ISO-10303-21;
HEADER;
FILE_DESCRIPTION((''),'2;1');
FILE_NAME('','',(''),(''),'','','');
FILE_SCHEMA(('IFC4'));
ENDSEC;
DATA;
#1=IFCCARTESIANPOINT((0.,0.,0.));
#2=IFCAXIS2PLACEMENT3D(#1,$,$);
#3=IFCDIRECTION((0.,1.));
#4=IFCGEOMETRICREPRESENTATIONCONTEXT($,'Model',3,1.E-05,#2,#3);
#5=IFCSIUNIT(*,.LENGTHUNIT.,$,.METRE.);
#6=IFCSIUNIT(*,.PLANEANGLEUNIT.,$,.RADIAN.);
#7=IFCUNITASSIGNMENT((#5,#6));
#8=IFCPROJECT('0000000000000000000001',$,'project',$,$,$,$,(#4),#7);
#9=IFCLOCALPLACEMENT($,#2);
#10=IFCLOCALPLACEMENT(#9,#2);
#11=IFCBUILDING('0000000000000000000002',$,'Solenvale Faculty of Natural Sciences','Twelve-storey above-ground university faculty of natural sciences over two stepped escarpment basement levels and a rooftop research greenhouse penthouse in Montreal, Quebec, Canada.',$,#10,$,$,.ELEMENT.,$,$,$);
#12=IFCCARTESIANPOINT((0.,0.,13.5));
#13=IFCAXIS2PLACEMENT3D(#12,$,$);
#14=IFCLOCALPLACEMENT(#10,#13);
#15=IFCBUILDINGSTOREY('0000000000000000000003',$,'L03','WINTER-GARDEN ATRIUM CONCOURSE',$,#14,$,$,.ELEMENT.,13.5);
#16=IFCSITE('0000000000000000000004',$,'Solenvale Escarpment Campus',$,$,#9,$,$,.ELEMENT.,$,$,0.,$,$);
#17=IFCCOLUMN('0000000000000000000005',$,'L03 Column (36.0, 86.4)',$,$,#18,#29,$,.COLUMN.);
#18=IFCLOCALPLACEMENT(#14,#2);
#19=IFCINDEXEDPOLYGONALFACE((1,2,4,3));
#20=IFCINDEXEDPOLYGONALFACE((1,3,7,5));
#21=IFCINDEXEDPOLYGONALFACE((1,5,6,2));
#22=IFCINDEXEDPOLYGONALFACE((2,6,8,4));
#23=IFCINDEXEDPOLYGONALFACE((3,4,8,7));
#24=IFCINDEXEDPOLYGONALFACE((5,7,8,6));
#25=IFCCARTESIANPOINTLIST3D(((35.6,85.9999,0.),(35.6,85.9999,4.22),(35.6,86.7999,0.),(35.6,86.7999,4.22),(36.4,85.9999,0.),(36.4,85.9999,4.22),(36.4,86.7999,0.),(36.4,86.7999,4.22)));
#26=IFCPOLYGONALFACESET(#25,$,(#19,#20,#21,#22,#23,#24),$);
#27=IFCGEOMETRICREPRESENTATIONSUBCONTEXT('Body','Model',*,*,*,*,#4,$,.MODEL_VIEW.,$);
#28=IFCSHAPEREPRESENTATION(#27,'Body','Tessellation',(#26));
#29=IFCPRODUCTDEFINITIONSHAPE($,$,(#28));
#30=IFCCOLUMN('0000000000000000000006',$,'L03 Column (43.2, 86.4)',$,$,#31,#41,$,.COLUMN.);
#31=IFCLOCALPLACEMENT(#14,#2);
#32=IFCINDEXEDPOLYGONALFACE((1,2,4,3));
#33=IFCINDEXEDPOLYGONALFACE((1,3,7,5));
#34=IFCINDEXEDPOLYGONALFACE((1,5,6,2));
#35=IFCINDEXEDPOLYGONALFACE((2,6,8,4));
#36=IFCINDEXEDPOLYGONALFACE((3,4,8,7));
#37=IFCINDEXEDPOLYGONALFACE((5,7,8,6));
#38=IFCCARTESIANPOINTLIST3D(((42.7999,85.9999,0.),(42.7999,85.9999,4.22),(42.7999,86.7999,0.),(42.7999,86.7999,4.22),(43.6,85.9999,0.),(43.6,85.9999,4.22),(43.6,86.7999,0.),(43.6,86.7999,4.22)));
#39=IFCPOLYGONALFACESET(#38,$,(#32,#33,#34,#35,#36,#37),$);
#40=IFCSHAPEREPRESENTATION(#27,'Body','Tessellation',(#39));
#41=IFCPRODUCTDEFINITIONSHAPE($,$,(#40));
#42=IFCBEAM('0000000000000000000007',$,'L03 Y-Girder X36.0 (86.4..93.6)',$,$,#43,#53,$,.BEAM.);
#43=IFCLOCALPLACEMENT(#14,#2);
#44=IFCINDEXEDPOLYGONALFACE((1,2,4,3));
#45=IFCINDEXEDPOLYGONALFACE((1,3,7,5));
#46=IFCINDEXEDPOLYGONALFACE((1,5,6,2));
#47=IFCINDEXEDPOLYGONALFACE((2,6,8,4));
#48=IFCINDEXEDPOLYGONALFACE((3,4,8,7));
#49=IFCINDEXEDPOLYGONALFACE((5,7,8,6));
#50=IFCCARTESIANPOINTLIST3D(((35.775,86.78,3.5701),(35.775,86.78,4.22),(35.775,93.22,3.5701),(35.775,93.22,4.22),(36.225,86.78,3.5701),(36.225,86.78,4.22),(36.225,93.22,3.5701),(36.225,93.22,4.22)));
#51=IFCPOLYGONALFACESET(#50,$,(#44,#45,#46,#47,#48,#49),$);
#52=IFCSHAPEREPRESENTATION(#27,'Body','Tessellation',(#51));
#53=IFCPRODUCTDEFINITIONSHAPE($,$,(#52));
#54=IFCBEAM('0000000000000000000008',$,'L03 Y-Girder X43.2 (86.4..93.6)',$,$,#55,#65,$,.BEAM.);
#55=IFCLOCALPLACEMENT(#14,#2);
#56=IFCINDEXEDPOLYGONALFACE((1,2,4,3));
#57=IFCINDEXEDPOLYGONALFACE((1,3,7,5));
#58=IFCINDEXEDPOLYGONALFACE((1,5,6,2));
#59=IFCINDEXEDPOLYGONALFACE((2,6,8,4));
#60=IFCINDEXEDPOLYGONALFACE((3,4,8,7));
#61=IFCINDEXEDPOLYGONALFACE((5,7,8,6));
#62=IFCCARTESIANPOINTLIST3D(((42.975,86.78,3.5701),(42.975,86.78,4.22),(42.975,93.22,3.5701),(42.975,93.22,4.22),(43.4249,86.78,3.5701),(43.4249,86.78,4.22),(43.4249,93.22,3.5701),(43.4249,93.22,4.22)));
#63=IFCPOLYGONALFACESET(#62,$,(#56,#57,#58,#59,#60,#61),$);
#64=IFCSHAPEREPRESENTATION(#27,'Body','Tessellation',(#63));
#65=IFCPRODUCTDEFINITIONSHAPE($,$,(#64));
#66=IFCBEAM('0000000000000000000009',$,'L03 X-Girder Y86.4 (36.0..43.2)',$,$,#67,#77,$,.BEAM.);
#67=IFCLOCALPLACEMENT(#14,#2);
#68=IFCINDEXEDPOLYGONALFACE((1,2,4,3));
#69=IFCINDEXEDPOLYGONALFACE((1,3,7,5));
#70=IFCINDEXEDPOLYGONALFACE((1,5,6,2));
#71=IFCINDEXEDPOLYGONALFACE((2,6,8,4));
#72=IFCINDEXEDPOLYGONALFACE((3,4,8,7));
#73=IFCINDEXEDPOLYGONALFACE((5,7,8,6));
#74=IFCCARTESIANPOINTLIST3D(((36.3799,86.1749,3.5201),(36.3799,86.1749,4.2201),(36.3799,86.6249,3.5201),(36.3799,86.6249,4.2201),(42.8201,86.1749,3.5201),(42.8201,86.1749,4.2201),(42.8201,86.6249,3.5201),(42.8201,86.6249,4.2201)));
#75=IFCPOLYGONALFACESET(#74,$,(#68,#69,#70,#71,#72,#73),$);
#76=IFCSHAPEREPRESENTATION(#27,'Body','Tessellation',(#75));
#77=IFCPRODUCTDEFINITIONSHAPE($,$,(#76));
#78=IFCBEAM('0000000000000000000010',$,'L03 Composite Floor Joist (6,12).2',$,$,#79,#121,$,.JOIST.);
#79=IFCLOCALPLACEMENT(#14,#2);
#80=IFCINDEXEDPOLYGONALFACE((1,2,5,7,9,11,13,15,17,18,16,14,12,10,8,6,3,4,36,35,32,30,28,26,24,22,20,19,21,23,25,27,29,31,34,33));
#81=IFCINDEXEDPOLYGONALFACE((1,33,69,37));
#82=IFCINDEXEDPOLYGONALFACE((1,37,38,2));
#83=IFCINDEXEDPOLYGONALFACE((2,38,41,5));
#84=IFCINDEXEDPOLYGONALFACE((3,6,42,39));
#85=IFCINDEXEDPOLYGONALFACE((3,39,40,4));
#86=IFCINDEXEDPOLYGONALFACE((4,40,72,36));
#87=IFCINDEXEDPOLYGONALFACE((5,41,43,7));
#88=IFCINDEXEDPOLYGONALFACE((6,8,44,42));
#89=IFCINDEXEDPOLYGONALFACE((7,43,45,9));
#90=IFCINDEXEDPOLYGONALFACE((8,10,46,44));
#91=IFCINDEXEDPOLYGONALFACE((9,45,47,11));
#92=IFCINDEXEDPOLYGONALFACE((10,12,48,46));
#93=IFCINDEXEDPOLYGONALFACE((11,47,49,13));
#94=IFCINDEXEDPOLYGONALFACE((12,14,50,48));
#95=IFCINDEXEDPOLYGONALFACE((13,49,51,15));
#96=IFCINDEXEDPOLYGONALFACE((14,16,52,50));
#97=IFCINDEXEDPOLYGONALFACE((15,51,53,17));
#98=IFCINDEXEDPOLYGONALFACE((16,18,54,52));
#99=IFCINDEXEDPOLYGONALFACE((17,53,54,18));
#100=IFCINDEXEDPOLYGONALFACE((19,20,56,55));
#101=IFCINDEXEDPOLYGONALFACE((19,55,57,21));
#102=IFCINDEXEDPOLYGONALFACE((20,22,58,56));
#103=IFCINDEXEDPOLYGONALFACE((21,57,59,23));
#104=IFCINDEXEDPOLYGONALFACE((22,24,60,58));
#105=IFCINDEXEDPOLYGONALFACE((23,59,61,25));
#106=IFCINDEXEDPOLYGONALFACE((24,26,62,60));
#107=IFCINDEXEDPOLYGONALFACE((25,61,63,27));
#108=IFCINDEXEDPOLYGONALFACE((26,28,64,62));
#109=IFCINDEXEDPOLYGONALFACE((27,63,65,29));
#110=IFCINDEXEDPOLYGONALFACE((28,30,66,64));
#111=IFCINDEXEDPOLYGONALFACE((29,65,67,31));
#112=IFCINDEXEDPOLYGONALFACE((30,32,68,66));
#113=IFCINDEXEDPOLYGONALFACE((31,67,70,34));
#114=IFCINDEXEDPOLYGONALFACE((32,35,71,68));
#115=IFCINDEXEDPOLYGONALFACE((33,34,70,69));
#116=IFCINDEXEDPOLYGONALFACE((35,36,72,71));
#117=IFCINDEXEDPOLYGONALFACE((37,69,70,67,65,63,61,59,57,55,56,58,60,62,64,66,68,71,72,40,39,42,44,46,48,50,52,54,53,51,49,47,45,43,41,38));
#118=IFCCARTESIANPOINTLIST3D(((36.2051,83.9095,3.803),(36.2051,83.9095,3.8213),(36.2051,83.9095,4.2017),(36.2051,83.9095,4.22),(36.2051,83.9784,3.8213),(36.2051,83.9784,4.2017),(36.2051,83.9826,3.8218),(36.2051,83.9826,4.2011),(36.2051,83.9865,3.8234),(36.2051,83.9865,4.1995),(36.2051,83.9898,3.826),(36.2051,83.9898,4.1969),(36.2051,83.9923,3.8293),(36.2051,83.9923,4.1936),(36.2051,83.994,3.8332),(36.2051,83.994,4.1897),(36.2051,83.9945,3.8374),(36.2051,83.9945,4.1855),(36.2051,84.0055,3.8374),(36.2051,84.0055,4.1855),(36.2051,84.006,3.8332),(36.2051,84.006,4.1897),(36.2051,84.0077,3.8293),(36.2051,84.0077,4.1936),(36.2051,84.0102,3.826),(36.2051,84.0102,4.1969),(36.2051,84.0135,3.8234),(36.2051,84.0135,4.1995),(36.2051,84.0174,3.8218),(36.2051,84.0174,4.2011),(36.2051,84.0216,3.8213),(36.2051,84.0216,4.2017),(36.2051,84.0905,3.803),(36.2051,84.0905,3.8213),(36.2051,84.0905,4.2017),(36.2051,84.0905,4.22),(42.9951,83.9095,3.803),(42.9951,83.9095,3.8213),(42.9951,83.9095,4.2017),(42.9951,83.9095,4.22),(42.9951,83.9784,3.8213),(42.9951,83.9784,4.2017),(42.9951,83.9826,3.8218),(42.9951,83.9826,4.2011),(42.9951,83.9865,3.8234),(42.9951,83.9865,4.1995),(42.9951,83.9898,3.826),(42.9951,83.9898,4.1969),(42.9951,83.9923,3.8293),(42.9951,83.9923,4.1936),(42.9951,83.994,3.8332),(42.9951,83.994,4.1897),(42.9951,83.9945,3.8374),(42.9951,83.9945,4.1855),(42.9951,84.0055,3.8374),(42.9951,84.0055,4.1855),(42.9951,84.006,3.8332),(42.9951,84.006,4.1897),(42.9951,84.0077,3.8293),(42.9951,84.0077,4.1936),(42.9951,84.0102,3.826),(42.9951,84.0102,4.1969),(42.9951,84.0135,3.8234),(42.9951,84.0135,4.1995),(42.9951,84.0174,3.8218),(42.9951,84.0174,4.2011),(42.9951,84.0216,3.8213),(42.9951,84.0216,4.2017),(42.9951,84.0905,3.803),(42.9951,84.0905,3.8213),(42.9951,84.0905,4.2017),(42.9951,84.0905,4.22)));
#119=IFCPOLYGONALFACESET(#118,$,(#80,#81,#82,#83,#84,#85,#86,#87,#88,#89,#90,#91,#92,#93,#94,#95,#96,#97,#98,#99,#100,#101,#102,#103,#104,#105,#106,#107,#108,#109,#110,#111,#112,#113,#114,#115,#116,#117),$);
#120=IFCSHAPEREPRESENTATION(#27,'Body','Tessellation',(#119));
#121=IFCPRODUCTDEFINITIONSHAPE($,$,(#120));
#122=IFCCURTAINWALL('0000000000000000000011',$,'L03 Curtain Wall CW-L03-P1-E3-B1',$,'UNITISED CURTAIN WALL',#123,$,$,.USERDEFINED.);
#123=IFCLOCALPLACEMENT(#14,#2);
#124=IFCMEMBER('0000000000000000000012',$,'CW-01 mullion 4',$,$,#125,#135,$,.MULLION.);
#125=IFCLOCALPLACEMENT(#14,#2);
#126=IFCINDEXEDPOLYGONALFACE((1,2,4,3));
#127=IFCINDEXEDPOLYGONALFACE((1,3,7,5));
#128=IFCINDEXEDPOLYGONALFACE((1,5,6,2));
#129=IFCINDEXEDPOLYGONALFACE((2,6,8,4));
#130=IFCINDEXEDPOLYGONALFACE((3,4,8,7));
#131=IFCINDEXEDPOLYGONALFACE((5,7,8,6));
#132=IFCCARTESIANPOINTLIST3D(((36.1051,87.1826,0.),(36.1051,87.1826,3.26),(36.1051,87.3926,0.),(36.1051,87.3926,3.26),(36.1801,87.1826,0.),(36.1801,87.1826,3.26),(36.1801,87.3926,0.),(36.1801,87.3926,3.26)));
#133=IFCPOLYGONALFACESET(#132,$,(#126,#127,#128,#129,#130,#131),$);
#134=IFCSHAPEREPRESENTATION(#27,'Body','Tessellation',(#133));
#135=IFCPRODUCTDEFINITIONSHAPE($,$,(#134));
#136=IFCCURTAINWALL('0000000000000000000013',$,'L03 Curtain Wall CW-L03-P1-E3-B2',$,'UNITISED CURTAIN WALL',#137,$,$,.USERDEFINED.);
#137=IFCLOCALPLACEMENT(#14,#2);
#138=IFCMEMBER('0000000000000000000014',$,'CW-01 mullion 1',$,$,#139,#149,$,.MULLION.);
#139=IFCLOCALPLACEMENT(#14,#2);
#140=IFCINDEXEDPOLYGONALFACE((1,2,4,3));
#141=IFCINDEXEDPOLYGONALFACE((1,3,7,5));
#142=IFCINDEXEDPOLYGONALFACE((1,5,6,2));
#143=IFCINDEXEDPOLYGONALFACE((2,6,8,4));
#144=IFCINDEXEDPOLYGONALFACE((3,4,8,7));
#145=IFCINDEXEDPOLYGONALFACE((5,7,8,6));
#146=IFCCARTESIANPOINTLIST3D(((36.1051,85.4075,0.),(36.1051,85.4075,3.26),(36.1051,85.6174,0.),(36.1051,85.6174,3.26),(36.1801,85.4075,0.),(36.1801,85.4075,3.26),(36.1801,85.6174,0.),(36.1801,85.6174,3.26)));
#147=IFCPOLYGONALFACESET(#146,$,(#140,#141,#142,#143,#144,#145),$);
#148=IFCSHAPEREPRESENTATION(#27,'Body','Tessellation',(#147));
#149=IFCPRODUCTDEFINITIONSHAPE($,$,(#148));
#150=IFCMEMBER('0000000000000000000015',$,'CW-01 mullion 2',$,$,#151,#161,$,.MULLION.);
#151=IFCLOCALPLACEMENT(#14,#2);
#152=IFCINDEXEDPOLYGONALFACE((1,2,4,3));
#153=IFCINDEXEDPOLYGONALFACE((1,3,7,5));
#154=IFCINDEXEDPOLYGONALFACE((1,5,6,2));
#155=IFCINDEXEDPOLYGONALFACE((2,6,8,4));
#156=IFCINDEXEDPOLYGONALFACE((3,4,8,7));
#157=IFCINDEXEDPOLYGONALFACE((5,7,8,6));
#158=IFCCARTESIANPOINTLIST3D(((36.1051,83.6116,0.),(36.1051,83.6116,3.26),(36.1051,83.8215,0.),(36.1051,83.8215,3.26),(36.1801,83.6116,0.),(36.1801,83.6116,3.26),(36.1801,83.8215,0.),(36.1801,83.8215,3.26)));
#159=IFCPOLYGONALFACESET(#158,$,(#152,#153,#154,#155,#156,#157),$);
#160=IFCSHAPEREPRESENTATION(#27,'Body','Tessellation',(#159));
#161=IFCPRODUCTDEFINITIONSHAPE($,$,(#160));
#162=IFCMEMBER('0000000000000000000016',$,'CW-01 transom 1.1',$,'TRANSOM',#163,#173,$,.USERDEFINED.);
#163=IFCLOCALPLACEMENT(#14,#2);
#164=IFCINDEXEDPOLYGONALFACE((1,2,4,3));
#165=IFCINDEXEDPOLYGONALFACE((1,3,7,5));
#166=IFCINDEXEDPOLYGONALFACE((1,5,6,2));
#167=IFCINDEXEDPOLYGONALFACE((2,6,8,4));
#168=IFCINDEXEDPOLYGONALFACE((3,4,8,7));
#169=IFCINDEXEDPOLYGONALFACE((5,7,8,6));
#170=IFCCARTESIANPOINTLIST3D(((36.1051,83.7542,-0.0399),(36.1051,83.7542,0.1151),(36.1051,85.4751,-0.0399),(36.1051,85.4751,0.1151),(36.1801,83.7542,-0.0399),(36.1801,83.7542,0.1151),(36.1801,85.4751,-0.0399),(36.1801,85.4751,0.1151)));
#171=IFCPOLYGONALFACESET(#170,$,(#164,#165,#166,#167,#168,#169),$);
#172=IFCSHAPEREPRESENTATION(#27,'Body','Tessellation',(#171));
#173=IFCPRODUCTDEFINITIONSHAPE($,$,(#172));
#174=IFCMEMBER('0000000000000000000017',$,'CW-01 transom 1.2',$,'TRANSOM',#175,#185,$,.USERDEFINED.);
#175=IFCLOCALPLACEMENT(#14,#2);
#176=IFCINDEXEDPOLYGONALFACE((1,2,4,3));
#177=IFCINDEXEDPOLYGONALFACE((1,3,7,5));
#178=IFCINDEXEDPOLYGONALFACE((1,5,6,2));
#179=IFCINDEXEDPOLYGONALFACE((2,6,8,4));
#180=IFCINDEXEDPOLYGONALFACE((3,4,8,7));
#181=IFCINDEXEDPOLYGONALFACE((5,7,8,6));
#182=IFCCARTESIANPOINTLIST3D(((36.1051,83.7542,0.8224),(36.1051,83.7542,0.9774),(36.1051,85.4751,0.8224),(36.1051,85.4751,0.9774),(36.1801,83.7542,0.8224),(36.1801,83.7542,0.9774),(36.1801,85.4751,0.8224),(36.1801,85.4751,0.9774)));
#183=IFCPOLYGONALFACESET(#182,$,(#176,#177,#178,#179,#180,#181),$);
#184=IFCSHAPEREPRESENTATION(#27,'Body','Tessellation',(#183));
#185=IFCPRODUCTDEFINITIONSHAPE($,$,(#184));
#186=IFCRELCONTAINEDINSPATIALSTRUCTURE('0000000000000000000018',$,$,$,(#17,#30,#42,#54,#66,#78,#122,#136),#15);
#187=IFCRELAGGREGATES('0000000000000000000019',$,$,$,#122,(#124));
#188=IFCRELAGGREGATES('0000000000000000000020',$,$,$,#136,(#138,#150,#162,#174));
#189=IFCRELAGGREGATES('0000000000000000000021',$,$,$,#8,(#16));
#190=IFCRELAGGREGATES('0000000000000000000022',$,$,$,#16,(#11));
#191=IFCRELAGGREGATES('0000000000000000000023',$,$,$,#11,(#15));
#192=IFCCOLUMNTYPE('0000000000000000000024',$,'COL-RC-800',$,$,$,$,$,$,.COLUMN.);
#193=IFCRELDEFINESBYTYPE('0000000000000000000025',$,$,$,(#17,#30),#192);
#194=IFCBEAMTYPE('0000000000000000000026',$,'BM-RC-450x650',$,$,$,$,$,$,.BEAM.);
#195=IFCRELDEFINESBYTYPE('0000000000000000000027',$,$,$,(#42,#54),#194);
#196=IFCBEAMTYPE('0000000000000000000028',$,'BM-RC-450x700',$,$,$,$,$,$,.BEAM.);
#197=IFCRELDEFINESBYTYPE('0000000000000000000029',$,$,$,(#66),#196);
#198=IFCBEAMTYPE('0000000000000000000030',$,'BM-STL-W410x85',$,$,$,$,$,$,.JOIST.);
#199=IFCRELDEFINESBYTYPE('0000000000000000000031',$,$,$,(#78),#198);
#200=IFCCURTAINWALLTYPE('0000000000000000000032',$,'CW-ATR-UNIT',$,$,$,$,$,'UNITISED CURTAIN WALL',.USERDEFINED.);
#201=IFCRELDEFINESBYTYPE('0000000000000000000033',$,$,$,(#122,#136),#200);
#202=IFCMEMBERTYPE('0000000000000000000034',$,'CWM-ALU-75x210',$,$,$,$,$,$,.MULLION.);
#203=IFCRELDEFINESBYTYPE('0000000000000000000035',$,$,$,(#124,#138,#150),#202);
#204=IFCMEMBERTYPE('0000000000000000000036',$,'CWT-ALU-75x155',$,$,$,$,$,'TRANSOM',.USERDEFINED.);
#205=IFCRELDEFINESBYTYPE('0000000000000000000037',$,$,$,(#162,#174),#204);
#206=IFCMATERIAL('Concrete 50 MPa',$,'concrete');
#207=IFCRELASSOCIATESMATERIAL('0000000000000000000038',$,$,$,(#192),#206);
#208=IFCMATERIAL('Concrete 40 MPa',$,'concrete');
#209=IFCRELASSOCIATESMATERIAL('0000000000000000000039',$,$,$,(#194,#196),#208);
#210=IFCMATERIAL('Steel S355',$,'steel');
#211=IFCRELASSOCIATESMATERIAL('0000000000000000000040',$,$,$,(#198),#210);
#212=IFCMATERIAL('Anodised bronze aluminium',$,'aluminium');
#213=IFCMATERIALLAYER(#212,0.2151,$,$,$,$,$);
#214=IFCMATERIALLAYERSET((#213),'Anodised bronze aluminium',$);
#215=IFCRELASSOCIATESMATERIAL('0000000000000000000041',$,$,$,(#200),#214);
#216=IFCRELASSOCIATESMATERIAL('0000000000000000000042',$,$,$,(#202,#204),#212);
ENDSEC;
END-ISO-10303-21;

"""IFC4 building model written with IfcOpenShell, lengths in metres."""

from ifc_helpers import new_model, si_unit, direction, frame, origin, origin_2d, place, context, subcontext, project, spatial, rectangle, i_section, extrude, material, layer, layer_set, material_profile, profile_set, type_object, element, aggregate, save


model = new_model("IFC4")

# Units and contexts
model_context = context("Model", 3, precision=1e-05, world=origin(), true_north=direction((0.0, 1.0)))
body_context = subcontext(model_context, "Body", "Model", "MODEL_VIEW")
ifc_project = project(units=[si_unit("LENGTHUNIT", "METRE"), si_unit("PLANEANGLEUNIT", "RADIAN")], contexts=[model_context])

# Site, building, storey
site_placement = place(None, origin())
site = spatial("IfcSite", under=ifc_project, at=site_placement, Name="Solenvale Escarpment Campus", CompositionType="ELEMENT", RefElevation=0.0)
building_placement = place(site_placement, origin())
building = spatial("IfcBuilding", under=site, at=building_placement, Name="Solenvale Faculty of Natural Sciences", Description="Twelve-storey above-ground university faculty of natural sciences over two stepped escarpment basement levels and a rooftop research greenhouse penthouse in Montreal, Quebec, Canada.", CompositionType="ELEMENT")
storey_placement = place(building_placement, frame((0.0, 0.0, 13.5)))
storey = spatial("IfcBuildingStorey", under=building, at=storey_placement, Name="L03", Description="WINTER-GARDEN ATRIUM CONCOURSE", CompositionType="ELEMENT", Elevation=13.5)

# Columns
ifc_material_1 = material(Name="Concrete 50 MPa", Category="concrete")
ifc_material_profile_1 = material_profile(ifc_material_1, rectangle(XDim=0.8, YDim=0.8, at=origin_2d()), Name="RC-COL-800x800")
ifc_profile_set_1 = profile_set([ifc_material_profile_1], Name="Concrete 50 MPa")
column_type = type_object("IfcColumnType", Name="COL-RC-800", PredefinedType="COLUMN", material=ifc_profile_set_1)
for number, where, z_axis, x_axis, name in (
    (1, (36.0, 86.3999, 0.0), (0.0, 0.0, 1.0), (1.0, 0.0, 0.0), "L03 Column (36.0, 86.4)"),
    (2, (43.2, 86.3999, 0.0), (0.0, 0.0, 1.0), (1.0, 0.0, 0.0), "L03 Column (43.2, 86.4)"),
):
    element("IfcColumn", number, at=place(storey_placement, frame(where, z_axis=z_axis, x_axis=x_axis)), inside=storey, type_object=column_type, Name=name, PredefinedType="COLUMN", context=body_context, shape_type="SweptSolid", body=[
        extrude(rectangle(XDim=0.8, YDim=0.8, at=origin_2d()), origin(), (0.0, 0.0, 1.0), 4.22),
    ])

# Beams
ifc_material_2 = material(Name="Concrete 40 MPa", Category="concrete")
ifc_material_profile_2 = material_profile(ifc_material_2, rectangle(XDim=0.45, YDim=0.6499, at=origin_2d()), Name="RC-BM-450x650")
ifc_profile_set_2 = profile_set([ifc_material_profile_2], Name="Concrete 40 MPa")
beam_type_1 = type_object("IfcBeamType", Name="BM-RC-450x650", PredefinedType="BEAM", material=ifc_profile_set_2)
for number, where, z_axis, x_axis, name in (
    (3, (36.0, 86.78, 3.895), (0.0, 1.0, 0.0), (-1.0, 0.0, 0.0), "L03 Y-Girder X36.0 (86.4..93.6)"),
    (4, (43.2, 86.78, 3.895), (0.0, 1.0, 0.0), (-1.0, 0.0, 0.0), "L03 Y-Girder X43.2 (86.4..93.6)"),
):
    element("IfcBeam", number, at=place(storey_placement, frame(where, z_axis=z_axis, x_axis=x_axis)), inside=storey, type_object=beam_type_1, Name=name, PredefinedType="BEAM", context=body_context, shape_type="SweptSolid", body=[
        extrude(rectangle(XDim=0.45, YDim=0.6499, at=origin_2d()), origin(), (0.0, 0.0, 1.0), 6.4399),
    ])
ifc_material_profile_3 = material_profile(ifc_material_2, rectangle(XDim=0.45, YDim=0.7, at=origin_2d()), Name="RC-BM-450x700")
ifc_profile_set_3 = profile_set([ifc_material_profile_3], Name="Concrete 40 MPa")
beam_type_2 = type_object("IfcBeamType", Name="BM-RC-450x700", PredefinedType="BEAM", material=ifc_profile_set_3)
beam_1_placement = place(storey_placement, frame((36.3799, 86.3999, 3.8701), z_axis=(1.0, 0.0, 0.0), x_axis=(0.0, 1.0, 0.0)))
element("IfcBeam", 5, at=beam_1_placement, inside=storey, type_object=beam_type_2, Name="L03 X-Girder Y86.4 (36.0..43.2)", PredefinedType="BEAM", context=body_context, shape_type="SweptSolid", body=[
    extrude(rectangle(XDim=0.45, YDim=0.7, at=origin_2d()), origin(), (0.0, 0.0, 1.0), 6.4402),
])
ifc_material_3 = material(Name="Steel S355", Category="steel")
ifc_material_profile_4 = material_profile(ifc_material_3, i_section(OverallWidth=0.1809, OverallDepth=0.417, WebThickness=0.011, FlangeThickness=0.0183, FilletRadius=0.0161, at=origin_2d()), Name="W410x85")
ifc_profile_set_4 = profile_set([ifc_material_profile_4], Name="Steel S355")
beam_type_3 = type_object("IfcBeamType", Name="BM-STL-W410x85", PredefinedType="JOIST", material=ifc_profile_set_4)
beam_2_placement = place(storey_placement, frame((36.2051, 84.0, 4.0115), z_axis=(1.0, 0.0, 0.0), x_axis=(0.0, 1.0, 0.0)))
element("IfcBeam", 6, at=beam_2_placement, inside=storey, type_object=beam_type_3, Name="L03 Composite Floor Joist (6,12).2", PredefinedType="JOIST", context=body_context, shape_type="SweptSolid", body=[
    extrude(i_section(OverallWidth=0.1809, OverallDepth=0.417, WebThickness=0.011, FlangeThickness=0.0183, FilletRadius=0.0161, at=origin_2d()), origin(), (0.0, 0.0, 1.0), 6.79),
])

# Curtain wall, member
ifc_material_4 = material(Name="Anodised bronze aluminium", Category="aluminium")
ifc_layer_1 = layer(ifc_material_4, 0.2151)
ifc_layer_set_1 = layer_set([ifc_layer_1], Name="Anodised bronze aluminium")
curtain_wall_type = type_object("IfcCurtainWallType", Name="CW-ATR-UNIT", ElementType="UNITISED CURTAIN WALL", PredefinedType="USERDEFINED", material=ifc_layer_set_1)
curtain_wall_1_placement = place(storey_placement, origin())
curtain_wall_1 = element("IfcCurtainWall", 7, at=curtain_wall_1_placement, inside=storey, type_object=curtain_wall_type, Name="L03 Curtain Wall CW-L03-P1-E3-B1", ObjectType="UNITISED CURTAIN WALL", PredefinedType="USERDEFINED")
ifc_material_profile_5 = material_profile(ifc_material_4, rectangle(XDim=0.075, YDim=0.21, at=origin_2d()), Name="ALU-MUL-75x210")
ifc_profile_set_5 = profile_set([ifc_material_profile_5], Name="Anodised bronze aluminium")
member_type_1 = type_object("IfcMemberType", Name="CWM-ALU-75x210", PredefinedType="MULLION", material=ifc_profile_set_5)
member_1_placement = place(storey_placement, frame((36.1426, 87.2876, 0.0), z_axis=(0.0, 0.0, 1.0), x_axis=(1.0, 0.0, 0.0)))
member_1 = element("IfcMember", 8, at=member_1_placement, type_object=member_type_1, Name="CW-01 mullion 4", PredefinedType="MULLION", context=body_context, shape_type="SweptSolid", body=[
    extrude(rectangle(XDim=0.075, YDim=0.21, at=origin_2d()), origin(), (0.0, 0.0, 1.0), 3.26),
])

# Curtain wall, members
curtain_wall_2_placement = place(storey_placement, origin())
curtain_wall_2 = element("IfcCurtainWall", 9, at=curtain_wall_2_placement, inside=storey, type_object=curtain_wall_type, Name="L03 Curtain Wall CW-L03-P1-E3-B2", ObjectType="UNITISED CURTAIN WALL", PredefinedType="USERDEFINED")
member_2_placement = place(storey_placement, frame((36.1426, 85.5125, 0.0), z_axis=(0.0, 0.0, 1.0), x_axis=(1.0, 0.0, 0.0)))
member_2 = element("IfcMember", 10, at=member_2_placement, type_object=member_type_1, Name="CW-01 mullion 1", PredefinedType="MULLION", context=body_context, shape_type="SweptSolid", body=[
    extrude(rectangle(XDim=0.075, YDim=0.21, at=origin_2d()), origin(), (0.0, 0.0, 1.0), 3.26),
])
member_3_placement = place(storey_placement, frame((36.1426, 83.7166, 0.0), z_axis=(0.0, 0.0, 1.0), x_axis=(1.0, 0.0, 0.0)))
member_3 = element("IfcMember", 11, at=member_3_placement, type_object=member_type_1, Name="CW-01 mullion 2", PredefinedType="MULLION", context=body_context, shape_type="SweptSolid", body=[
    extrude(rectangle(XDim=0.075, YDim=0.21, at=origin_2d()), origin(), (0.0, 0.0, 1.0), 3.26),
])
ifc_material_profile_6 = material_profile(ifc_material_4, rectangle(XDim=0.075, YDim=0.155, at=origin_2d()), Name="ALU-TRN-75x155")
ifc_profile_set_6 = profile_set([ifc_material_profile_6], Name="Anodised bronze aluminium")
member_type_2 = type_object("IfcMemberType", Name="CWT-ALU-75x155", ElementType="TRANSOM", PredefinedType="USERDEFINED", material=ifc_profile_set_6)
member_4_placement = place(storey_placement, frame((36.1426, 85.4751, 0.0376), z_axis=(0.0, -1.0, 0.0), x_axis=(1.0, 0.0, 0.0)))
member_4 = element("IfcMember", 12, at=member_4_placement, type_object=member_type_2, Name="CW-01 transom 1.1", ObjectType="TRANSOM", PredefinedType="USERDEFINED", context=body_context, shape_type="SweptSolid", body=[
    extrude(rectangle(XDim=0.075, YDim=0.155, at=origin_2d()), origin(), (0.0, 0.0, 1.0), 1.7209),
])
member_5_placement = place(storey_placement, frame((36.1426, 85.4751, 0.8999), z_axis=(0.0, -1.0, 0.0), x_axis=(1.0, 0.0, 0.0)))
member_5 = element("IfcMember", 13, at=member_5_placement, type_object=member_type_2, Name="CW-01 transom 1.2", ObjectType="TRANSOM", PredefinedType="USERDEFINED", context=body_context, shape_type="SweptSolid", body=[
    extrude(rectangle(XDim=0.075, YDim=0.155, at=origin_2d()), origin(), (0.0, 0.0, 1.0), 1.7209),
])

aggregate(curtain_wall_1, [member_1])
aggregate(curtain_wall_2, [member_2, member_3, member_4, member_5])

save(model, "model.ifc")
